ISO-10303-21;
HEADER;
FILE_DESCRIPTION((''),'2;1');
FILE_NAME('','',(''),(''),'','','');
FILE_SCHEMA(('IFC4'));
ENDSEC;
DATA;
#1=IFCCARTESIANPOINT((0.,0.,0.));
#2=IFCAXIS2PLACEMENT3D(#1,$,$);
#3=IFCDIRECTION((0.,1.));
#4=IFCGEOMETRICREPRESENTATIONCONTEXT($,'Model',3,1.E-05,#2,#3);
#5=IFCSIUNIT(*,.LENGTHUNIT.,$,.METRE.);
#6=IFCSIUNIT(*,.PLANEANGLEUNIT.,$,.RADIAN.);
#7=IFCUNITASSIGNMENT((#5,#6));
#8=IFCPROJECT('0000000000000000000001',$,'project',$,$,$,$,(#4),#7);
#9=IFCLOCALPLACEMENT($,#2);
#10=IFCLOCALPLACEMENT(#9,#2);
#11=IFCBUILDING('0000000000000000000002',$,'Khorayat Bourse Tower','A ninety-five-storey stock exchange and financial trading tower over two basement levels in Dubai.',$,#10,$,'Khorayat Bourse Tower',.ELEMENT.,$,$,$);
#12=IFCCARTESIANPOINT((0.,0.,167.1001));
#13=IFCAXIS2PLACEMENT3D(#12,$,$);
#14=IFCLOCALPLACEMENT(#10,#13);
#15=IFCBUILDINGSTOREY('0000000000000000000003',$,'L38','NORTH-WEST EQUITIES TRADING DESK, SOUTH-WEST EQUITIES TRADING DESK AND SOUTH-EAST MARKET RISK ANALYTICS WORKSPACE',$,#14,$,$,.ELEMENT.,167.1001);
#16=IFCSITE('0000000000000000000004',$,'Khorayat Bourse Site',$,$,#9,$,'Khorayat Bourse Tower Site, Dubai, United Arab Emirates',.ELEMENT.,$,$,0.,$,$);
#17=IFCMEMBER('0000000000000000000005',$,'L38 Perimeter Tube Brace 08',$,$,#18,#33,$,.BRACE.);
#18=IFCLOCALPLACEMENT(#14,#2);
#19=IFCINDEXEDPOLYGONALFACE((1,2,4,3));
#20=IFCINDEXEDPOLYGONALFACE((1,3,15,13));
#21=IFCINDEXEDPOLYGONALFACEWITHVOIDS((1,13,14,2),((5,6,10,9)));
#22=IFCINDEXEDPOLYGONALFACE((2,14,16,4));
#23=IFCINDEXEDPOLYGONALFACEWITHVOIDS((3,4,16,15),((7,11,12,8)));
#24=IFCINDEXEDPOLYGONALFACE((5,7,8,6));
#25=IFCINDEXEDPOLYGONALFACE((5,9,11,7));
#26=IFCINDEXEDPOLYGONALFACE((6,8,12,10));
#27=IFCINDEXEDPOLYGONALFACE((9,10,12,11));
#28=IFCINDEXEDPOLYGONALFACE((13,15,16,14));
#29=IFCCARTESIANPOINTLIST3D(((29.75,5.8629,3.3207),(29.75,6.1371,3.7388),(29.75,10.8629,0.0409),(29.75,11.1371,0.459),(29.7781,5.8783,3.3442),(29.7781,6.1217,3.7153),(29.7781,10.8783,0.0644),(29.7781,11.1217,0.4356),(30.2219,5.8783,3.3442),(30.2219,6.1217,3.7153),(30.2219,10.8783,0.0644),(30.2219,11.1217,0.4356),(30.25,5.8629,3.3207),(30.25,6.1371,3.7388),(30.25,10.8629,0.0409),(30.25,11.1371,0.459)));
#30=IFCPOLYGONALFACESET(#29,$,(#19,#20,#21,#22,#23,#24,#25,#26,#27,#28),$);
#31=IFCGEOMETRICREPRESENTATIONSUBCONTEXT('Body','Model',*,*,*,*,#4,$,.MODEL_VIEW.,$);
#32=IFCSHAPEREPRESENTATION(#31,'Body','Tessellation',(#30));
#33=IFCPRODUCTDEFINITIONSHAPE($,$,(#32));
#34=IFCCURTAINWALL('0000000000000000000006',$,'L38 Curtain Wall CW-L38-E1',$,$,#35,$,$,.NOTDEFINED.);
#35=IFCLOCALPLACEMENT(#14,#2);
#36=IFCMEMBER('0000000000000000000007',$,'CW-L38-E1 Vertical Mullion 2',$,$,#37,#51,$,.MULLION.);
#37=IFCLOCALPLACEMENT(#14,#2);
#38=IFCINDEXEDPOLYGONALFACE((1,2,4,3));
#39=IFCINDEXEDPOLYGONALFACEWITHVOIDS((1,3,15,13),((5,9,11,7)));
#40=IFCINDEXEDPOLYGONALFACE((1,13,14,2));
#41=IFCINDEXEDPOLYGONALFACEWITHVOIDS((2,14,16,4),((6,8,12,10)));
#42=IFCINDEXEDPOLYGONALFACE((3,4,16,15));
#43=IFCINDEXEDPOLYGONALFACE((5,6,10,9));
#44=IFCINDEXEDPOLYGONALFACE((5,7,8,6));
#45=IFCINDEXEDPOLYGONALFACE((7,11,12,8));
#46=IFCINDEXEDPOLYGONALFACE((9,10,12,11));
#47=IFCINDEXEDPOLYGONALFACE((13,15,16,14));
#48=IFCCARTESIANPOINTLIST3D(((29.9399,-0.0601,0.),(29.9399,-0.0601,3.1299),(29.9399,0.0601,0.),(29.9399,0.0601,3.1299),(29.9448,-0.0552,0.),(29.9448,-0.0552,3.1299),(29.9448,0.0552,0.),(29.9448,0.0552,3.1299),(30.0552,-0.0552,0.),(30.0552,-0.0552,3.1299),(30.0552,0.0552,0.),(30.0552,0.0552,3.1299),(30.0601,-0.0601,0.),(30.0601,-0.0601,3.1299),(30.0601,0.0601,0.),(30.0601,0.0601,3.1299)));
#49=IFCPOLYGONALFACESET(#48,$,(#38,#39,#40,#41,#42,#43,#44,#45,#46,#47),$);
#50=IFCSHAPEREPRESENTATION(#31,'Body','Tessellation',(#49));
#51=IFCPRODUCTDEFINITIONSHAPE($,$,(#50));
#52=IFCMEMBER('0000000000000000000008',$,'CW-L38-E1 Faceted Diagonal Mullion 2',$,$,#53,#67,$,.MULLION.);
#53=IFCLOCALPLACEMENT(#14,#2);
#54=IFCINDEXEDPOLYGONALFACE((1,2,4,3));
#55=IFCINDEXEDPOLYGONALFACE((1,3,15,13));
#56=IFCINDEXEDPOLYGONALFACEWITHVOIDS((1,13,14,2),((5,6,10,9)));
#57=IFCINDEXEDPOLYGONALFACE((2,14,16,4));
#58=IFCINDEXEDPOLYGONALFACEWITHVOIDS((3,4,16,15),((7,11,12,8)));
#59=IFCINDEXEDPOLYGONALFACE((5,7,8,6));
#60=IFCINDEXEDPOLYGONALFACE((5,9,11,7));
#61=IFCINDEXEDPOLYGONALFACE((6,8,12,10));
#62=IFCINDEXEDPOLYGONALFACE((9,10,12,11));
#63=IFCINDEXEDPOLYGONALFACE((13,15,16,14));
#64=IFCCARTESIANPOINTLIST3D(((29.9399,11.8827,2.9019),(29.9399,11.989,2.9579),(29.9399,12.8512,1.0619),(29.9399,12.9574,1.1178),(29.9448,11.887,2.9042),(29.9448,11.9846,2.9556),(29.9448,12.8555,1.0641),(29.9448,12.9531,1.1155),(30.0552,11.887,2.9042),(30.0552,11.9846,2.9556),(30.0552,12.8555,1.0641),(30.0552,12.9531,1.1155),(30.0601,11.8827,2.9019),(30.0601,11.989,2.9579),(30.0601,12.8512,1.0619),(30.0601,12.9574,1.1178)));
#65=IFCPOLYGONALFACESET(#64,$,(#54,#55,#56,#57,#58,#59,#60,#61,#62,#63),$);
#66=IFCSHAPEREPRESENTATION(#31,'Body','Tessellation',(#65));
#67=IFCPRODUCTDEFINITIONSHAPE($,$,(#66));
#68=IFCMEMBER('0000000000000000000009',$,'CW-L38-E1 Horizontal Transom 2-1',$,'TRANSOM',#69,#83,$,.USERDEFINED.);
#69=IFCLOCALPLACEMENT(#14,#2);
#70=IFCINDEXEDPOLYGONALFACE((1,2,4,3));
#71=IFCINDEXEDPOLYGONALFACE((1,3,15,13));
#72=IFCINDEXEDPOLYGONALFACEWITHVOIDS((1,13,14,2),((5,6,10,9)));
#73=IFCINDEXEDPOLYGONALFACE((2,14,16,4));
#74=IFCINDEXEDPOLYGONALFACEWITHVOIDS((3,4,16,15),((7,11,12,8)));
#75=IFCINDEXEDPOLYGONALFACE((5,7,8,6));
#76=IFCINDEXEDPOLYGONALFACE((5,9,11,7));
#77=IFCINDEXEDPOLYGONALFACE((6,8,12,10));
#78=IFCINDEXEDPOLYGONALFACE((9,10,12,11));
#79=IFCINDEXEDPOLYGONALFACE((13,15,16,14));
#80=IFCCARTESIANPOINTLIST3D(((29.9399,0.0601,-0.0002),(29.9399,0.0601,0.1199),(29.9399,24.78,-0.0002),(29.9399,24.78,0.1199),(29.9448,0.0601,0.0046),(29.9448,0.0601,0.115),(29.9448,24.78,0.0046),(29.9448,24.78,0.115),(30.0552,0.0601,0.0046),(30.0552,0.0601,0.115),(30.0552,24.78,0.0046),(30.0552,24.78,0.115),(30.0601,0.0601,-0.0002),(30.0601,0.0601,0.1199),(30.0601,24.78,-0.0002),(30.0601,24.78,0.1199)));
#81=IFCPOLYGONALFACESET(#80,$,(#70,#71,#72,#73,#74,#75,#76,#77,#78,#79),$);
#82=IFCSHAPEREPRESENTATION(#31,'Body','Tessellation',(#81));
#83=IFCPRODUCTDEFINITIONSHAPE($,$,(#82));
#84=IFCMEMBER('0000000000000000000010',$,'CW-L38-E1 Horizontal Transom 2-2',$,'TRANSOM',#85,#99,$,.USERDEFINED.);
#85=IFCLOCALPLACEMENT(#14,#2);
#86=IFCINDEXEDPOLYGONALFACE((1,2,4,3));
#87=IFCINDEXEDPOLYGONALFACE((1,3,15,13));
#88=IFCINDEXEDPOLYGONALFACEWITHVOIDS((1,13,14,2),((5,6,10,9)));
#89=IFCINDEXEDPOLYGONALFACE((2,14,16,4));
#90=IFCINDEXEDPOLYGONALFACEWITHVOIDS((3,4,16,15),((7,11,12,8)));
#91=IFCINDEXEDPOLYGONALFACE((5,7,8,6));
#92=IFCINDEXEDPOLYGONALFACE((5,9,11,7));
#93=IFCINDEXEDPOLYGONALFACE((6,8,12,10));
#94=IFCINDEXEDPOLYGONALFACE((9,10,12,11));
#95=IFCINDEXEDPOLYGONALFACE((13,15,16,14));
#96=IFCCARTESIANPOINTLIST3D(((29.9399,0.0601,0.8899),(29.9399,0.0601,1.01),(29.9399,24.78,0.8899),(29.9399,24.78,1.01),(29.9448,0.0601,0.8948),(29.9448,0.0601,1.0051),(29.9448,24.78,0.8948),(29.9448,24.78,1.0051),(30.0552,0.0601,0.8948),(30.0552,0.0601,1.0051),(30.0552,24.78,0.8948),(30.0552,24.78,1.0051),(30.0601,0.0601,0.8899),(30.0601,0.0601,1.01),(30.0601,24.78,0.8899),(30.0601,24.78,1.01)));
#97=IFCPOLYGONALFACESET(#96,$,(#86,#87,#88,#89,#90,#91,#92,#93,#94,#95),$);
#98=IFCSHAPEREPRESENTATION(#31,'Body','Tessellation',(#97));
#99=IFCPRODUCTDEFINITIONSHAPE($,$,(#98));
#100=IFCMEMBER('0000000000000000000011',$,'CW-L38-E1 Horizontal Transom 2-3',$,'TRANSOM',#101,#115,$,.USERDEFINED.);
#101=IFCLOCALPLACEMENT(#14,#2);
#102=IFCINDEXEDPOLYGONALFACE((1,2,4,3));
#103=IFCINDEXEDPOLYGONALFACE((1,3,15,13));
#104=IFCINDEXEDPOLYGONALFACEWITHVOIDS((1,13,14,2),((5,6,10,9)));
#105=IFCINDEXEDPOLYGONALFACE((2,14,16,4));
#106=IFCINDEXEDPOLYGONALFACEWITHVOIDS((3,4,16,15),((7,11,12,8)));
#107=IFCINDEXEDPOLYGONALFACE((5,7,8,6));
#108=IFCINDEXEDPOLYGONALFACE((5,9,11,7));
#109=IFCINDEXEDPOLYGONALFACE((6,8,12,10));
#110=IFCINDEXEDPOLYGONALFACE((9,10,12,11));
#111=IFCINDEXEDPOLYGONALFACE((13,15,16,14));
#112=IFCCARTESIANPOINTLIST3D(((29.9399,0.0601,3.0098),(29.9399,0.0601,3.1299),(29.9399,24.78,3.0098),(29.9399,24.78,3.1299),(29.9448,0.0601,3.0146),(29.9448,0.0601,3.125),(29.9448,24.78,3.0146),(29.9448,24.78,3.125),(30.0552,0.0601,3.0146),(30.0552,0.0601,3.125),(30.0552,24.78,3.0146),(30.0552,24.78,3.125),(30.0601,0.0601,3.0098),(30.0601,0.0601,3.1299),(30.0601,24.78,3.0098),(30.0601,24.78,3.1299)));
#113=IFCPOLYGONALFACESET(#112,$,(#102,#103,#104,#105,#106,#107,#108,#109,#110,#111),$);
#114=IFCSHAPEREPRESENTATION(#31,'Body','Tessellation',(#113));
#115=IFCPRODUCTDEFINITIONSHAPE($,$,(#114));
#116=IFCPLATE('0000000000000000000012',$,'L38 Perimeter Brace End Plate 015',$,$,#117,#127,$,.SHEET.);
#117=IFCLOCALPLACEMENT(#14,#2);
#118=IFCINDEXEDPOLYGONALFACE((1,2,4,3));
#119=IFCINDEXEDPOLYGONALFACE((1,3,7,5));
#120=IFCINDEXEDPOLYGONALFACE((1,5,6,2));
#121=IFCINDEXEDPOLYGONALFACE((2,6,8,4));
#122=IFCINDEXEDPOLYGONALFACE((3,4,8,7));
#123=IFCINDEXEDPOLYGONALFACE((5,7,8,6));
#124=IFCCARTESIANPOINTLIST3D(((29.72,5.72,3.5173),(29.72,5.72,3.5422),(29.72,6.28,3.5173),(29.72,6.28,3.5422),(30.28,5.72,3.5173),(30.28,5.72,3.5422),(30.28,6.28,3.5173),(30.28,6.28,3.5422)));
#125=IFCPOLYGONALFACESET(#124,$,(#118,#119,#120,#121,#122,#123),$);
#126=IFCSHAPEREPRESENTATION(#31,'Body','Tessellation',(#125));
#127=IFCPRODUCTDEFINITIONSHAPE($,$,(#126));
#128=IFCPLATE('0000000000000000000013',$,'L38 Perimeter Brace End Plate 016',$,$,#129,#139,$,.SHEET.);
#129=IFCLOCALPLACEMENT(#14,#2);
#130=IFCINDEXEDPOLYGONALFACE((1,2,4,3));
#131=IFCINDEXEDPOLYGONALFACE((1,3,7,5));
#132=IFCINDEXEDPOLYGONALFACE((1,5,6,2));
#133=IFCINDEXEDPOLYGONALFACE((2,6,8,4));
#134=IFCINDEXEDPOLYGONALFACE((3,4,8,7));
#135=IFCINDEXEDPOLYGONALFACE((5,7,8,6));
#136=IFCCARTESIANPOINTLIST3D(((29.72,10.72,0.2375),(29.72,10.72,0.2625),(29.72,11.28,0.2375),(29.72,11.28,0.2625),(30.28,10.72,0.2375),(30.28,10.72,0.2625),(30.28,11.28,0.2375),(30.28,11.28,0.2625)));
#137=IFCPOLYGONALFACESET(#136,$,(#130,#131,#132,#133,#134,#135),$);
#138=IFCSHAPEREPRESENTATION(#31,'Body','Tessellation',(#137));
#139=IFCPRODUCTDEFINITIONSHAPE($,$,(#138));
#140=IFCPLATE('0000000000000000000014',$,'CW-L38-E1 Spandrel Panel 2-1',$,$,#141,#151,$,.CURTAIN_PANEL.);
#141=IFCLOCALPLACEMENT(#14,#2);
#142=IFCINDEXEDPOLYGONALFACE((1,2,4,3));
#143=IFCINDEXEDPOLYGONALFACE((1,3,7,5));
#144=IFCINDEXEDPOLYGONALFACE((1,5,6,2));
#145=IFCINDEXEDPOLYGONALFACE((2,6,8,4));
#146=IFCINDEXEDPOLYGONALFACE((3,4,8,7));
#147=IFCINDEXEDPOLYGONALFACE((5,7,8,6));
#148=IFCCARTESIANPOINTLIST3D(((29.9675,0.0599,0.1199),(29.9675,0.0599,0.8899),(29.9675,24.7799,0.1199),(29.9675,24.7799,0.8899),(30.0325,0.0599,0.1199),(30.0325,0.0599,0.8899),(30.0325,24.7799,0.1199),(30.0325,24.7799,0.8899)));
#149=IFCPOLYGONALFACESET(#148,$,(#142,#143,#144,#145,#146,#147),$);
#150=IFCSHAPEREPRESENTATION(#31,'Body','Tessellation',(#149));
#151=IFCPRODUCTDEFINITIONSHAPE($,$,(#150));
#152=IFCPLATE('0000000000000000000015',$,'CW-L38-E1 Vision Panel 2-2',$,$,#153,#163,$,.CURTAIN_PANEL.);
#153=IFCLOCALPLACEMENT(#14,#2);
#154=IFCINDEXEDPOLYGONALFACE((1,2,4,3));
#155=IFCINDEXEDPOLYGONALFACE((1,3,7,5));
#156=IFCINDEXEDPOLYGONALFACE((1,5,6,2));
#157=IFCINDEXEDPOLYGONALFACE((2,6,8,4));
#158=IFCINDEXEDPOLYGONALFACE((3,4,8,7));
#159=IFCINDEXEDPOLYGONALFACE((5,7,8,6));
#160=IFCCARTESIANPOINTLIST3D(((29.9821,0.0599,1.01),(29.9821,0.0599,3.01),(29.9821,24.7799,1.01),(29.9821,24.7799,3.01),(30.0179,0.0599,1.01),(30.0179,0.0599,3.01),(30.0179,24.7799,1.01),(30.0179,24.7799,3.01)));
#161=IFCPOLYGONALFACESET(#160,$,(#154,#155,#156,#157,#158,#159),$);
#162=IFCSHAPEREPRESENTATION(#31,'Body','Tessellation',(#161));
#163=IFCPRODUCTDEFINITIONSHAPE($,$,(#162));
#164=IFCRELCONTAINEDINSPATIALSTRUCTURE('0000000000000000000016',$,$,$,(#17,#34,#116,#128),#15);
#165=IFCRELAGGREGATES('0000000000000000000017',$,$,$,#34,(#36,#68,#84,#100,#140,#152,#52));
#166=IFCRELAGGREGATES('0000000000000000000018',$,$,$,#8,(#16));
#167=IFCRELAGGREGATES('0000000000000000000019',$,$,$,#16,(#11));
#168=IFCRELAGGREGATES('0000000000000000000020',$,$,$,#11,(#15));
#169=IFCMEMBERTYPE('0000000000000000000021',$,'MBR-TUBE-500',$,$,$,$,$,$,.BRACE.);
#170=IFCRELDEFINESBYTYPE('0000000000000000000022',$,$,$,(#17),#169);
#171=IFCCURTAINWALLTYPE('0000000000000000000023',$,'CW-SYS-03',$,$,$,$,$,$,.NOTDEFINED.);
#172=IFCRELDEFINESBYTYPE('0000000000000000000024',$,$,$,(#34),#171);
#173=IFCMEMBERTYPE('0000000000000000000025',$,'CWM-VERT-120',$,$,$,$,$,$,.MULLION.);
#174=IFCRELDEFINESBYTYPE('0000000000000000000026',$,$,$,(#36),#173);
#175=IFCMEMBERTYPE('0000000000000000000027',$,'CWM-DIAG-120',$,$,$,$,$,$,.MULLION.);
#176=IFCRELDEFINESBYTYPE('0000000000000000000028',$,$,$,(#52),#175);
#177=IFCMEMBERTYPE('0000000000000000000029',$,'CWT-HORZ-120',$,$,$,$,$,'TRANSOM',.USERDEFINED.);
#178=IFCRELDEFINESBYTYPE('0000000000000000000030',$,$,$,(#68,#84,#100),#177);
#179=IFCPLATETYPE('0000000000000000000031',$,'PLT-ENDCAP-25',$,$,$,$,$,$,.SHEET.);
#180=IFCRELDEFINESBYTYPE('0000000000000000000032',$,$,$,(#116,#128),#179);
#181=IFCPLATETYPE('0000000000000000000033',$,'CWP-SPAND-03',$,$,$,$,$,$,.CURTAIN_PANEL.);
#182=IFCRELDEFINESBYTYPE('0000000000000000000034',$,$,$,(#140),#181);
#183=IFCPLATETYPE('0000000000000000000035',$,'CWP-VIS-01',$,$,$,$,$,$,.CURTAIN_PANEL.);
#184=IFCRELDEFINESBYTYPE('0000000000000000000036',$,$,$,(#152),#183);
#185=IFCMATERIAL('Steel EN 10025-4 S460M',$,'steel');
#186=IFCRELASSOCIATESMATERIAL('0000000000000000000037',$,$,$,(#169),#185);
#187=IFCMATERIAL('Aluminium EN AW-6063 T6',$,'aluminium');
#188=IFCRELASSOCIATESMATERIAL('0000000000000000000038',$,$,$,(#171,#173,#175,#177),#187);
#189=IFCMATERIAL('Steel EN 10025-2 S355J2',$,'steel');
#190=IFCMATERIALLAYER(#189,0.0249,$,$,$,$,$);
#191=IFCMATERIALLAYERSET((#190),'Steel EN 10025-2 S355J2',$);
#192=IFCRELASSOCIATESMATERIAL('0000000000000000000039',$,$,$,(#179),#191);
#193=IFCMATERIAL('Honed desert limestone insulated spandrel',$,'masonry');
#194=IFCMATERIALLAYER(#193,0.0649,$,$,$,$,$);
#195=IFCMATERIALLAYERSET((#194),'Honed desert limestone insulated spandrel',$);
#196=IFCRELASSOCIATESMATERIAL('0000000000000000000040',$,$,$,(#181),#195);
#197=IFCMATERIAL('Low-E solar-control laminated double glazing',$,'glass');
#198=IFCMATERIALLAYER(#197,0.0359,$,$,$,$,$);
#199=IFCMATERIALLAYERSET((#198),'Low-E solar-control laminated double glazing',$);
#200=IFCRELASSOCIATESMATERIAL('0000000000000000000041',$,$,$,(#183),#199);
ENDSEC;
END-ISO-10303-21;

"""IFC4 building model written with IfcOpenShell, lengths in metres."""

from ifc_helpers import new_model, si_unit, direction, frame, origin, origin_2d, place, context, subcontext, project, spatial, rectangle, hollow_rectangle, extrude, source, transform, mapped, material, layer, layer_set, material_profile, profile_set, type_object, element, aggregate, save


model = new_model("IFC4")

# Units and contexts
model_context = context("Model", 3, precision=1e-05, world=origin(), true_north=direction((0.0, 1.0)))
body_context = subcontext(model_context, "Body", "Model", "MODEL_VIEW")
ifc_project = project(units=[si_unit("LENGTHUNIT", "METRE"), si_unit("PLANEANGLEUNIT", "RADIAN")], contexts=[model_context])

# Site, building, storey
site_placement = place(None, origin())
site = spatial("IfcSite", under=ifc_project, at=site_placement, Name="Khorayat Bourse Site", LongName="Khorayat Bourse Tower Site, Dubai, United Arab Emirates", CompositionType="ELEMENT", RefElevation=0.0)
building_placement = place(site_placement, origin())
building = spatial("IfcBuilding", under=site, at=building_placement, Name="Khorayat Bourse Tower", Description="A ninety-five-storey stock exchange and financial trading tower over two basement levels in Dubai.", LongName="Khorayat Bourse Tower", CompositionType="ELEMENT")
storey_placement = place(building_placement, frame((0.0, 0.0, 167.1001)))
storey = spatial("IfcBuildingStorey", under=building, at=storey_placement, Name="L38", Description="NORTH-WEST EQUITIES TRADING DESK, SOUTH-WEST EQUITIES TRADING DESK AND SOUTH-EAST MARKET RISK ANALYTICS WORKSPACE", CompositionType="ELEMENT", Elevation=167.1001)

# Shared definitions
ifc_material_1 = material(Name="Steel EN 10025-4 S460M", Category="steel")

# Member
ifc_material_profile_1 = material_profile(ifc_material_1, hollow_rectangle(XDim=0.5, YDim=0.5, WallThickness=0.0281, at=origin_2d()), Name="HSS 500x500x28")
ifc_profile_set_1 = profile_set([ifc_material_profile_1], Name="Steel EN 10025-4 S460M")
member_type_1 = type_object("IfcMemberType", Name="MBR-TUBE-500", PredefinedType="BRACE", material=ifc_profile_set_1)
shared_shape_1 = source(origin(), body_context, "Body", "SweptSolid", [
    extrude(hollow_rectangle(XDim=0.5, YDim=0.5, WallThickness=0.0281, at=origin_2d()), origin(), (0.0, 0.0, 1.0), 5.9797),
])
member_1_placement = place(storey_placement, frame((30.0, 6.0, 3.5298), z_axis=(0.0, 0.83616, -0.548485), x_axis=(-1.0, 0.0, 0.0)))
element("IfcMember", 1, at=member_1_placement, inside=storey, type_object=member_type_1, Name="L38 Perimeter Tube Brace 08", PredefinedType="BRACE", context=body_context, shape_type="MappedRepresentation", body=[
    mapped(shared_shape_1, transform((0.0, 0.0, 0.0), scale=1.0)),
])

# Curtain wall, members
ifc_material_2 = material(Name="Aluminium EN AW-6063 T6", Category="aluminium")
curtain_wall_type = type_object("IfcCurtainWallType", Name="CW-SYS-03", PredefinedType="NOTDEFINED", material=ifc_material_2)
curtain_wall_placement = place(storey_placement, origin())
curtain_wall = element("IfcCurtainWall", 2, at=curtain_wall_placement, inside=storey, type_object=curtain_wall_type, Name="L38 Curtain Wall CW-L38-E1", PredefinedType="NOTDEFINED")
ifc_material_profile_2 = material_profile(ifc_material_2, hollow_rectangle(XDim=0.1201, YDim=0.1201, WallThickness=0.0049, at=origin_2d()), Name="ALU 120x120x5")
ifc_profile_set_2 = profile_set([ifc_material_profile_2], Name="Aluminium EN AW-6063 T6")
member_type_2 = type_object("IfcMemberType", Name="CWM-VERT-120", PredefinedType="MULLION", material=ifc_profile_set_2)
shared_shape_2 = source(origin(), body_context, "Body", "SweptSolid", [
    extrude(hollow_rectangle(XDim=0.1201, YDim=0.1201, WallThickness=0.0049, at=origin_2d()), origin(), (0.0, 0.0, 1.0), 3.1299),
])
member_2_placement = place(storey_placement, frame((30.0, 0.0, 0.0), z_axis=(0.0, 0.0, 1.0), x_axis=(-1.0, 0.0, 0.0)))
member_2 = element("IfcMember", 3, at=member_2_placement, type_object=member_type_2, Name="CW-L38-E1 Vertical Mullion 2", PredefinedType="MULLION", context=body_context, shape_type="MappedRepresentation", body=[
    mapped(shared_shape_2, transform((0.0, 0.0, 0.0), scale=1.0)),
])
ifc_material_profile_3 = material_profile(ifc_material_2, hollow_rectangle(XDim=0.1201, YDim=0.1201, WallThickness=0.0049, at=origin_2d()), Name="ALU 120x120x5")
ifc_profile_set_3 = profile_set([ifc_material_profile_3], Name="Aluminium EN AW-6063 T6")
member_type_3 = type_object("IfcMemberType", Name="CWM-DIAG-120", PredefinedType="MULLION", material=ifc_profile_set_3)
shared_shape_3 = source(origin(), body_context, "Body", "SweptSolid", [
    extrude(hollow_rectangle(XDim=0.1201, YDim=0.1201, WallThickness=0.0049, at=origin_2d()), origin(), (0.0, 0.0, 1.0), 2.0793),
])
member_3_placement = place(storey_placement, frame((30.0, 12.9043, 1.0898), z_axis=(0.0, -0.465761, 0.884911), x_axis=(1.0, 0.0, 0.0)))
member_3 = element("IfcMember", 4, at=member_3_placement, type_object=member_type_3, Name="CW-L38-E1 Faceted Diagonal Mullion 2", PredefinedType="MULLION", context=body_context, shape_type="MappedRepresentation", body=[
    mapped(shared_shape_3, transform((0.0, 0.0, 0.0), scale=1.0)),
])
ifc_material_profile_4 = material_profile(ifc_material_2, hollow_rectangle(XDim=0.1201, YDim=0.1201, WallThickness=0.0049, at=origin_2d()), Name="ALU 120x120x5")
ifc_profile_set_4 = profile_set([ifc_material_profile_4], Name="Aluminium EN AW-6063 T6")
member_type_4 = type_object("IfcMemberType", Name="CWT-HORZ-120", ElementType="TRANSOM", PredefinedType="USERDEFINED", material=ifc_profile_set_4)
shared_shape_4 = source(origin(), body_context, "Body", "SweptSolid", [
    extrude(hollow_rectangle(XDim=0.1201, YDim=0.1201, WallThickness=0.0049, at=origin_2d()), origin(), (0.0, 0.0, 1.0), 24.72),
])
member_4_placement = place(storey_placement, frame((30.0, 0.0601, 0.0598), z_axis=(0.0, 1.0, 0.0), x_axis=(-1.0, 0.0, 0.0)))
member_4 = element("IfcMember", 5, at=member_4_placement, type_object=member_type_4, Name="CW-L38-E1 Horizontal Transom 2-1", ObjectType="TRANSOM", PredefinedType="USERDEFINED", context=body_context, shape_type="MappedRepresentation", body=[
    mapped(shared_shape_4, transform((0.0, 0.0, 0.0), scale=1.0)),
])
member_5_placement = place(storey_placement, frame((30.0, 0.0601, 0.95), z_axis=(0.0, 1.0, 0.0), x_axis=(-1.0, 0.0, 0.0)))
member_5 = element("IfcMember", 6, at=member_5_placement, type_object=member_type_4, Name="CW-L38-E1 Horizontal Transom 2-2", ObjectType="TRANSOM", PredefinedType="USERDEFINED", context=body_context, shape_type="MappedRepresentation", body=[
    mapped(shared_shape_4, transform((0.0, 0.0, 0.0), scale=1.0)),
])
member_6_placement = place(storey_placement, frame((30.0, 0.0601, 3.0698), z_axis=(0.0, 1.0, 0.0), x_axis=(-1.0, 0.0, 0.0)))
member_6 = element("IfcMember", 7, at=member_6_placement, type_object=member_type_4, Name="CW-L38-E1 Horizontal Transom 2-3", ObjectType="TRANSOM", PredefinedType="USERDEFINED", context=body_context, shape_type="MappedRepresentation", body=[
    mapped(shared_shape_4, transform((0.0, 0.0, 0.0), scale=1.0)),
])

# Plates
ifc_material_3 = material(Name="Steel EN 10025-2 S355J2", Category="steel")
ifc_layer_1 = layer(ifc_material_3, 0.0249)
ifc_layer_set_1 = layer_set([ifc_layer_1], Name="Steel EN 10025-2 S355J2")
plate_type_1 = type_object("IfcPlateType", Name="PLT-ENDCAP-25", PredefinedType="SHEET", material=ifc_layer_set_1)
shared_shape_5 = source(origin(), body_context, "Body", "SweptSolid", [
    extrude(rectangle(XDim=0.5601, YDim=0.5601, at=origin_2d()), origin(), (0.0, 0.0, 1.0), 0.0249),
])
for number, where, z_axis, x_axis, name in (
    (8, (30.0, 6.0, 3.5173), (0.0, 0.0, 1.0), (1.0, 0.0, 0.0), "L38 Perimeter Brace End Plate 015"),
    (9, (30.0, 11.0, 0.2375), (0.0, 0.0, 1.0), (1.0, 0.0, 0.0), "L38 Perimeter Brace End Plate 016"),
):
    element("IfcPlate", number, at=place(storey_placement, frame(where, z_axis=z_axis, x_axis=x_axis)), inside=storey, type_object=plate_type_1, Name=name, PredefinedType="SHEET", context=body_context, shape_type="MappedRepresentation", body=[
        mapped(shared_shape_5, transform((0.0, 0.0, 0.0), scale=1.0)),
    ])

# Plates
ifc_material_4 = material(Name="Honed desert limestone insulated spandrel", Category="masonry")
ifc_layer_2 = layer(ifc_material_4, 0.0649)
ifc_layer_set_2 = layer_set([ifc_layer_2], Name="Honed desert limestone insulated spandrel")
plate_type_2 = type_object("IfcPlateType", Name="CWP-SPAND-03", PredefinedType="CURTAIN_PANEL", material=ifc_layer_set_2)
shared_shape_6 = source(origin(), body_context, "Body", "SweptSolid", [
    extrude(rectangle(XDim=24.72, YDim=0.0649, at=origin_2d()), origin(), (0.0, 0.0, 1.0), 0.77),
])
plate_1_placement = place(storey_placement, frame((30.0, 12.4199, 0.1199), z_axis=(0.0, 0.0, 1.0), x_axis=(0.0, 1.0, 0.0)))
plate_1 = element("IfcPlate", 10, at=plate_1_placement, type_object=plate_type_2, Name="CW-L38-E1 Spandrel Panel 2-1", PredefinedType="CURTAIN_PANEL", context=body_context, shape_type="MappedRepresentation", body=[
    mapped(shared_shape_6, transform((0.0, 0.0, 0.0), scale=1.0)),
])
ifc_material_5 = material(Name="Low-E solar-control laminated double glazing", Category="glass")
ifc_layer_3 = layer(ifc_material_5, 0.0359)
ifc_layer_set_3 = layer_set([ifc_layer_3], Name="Low-E solar-control laminated double glazing")
plate_type_3 = type_object("IfcPlateType", Name="CWP-VIS-01", PredefinedType="CURTAIN_PANEL", material=ifc_layer_set_3)
shared_shape_7 = source(origin(), body_context, "Body", "SweptSolid", [
    extrude(rectangle(XDim=24.72, YDim=0.0359, at=origin_2d()), origin(), (0.0, 0.0, 1.0), 2.0),
])
plate_2_placement = place(storey_placement, frame((30.0, 12.4199, 1.01), z_axis=(0.0, 0.0, 1.0), x_axis=(0.0, 1.0, 0.0)))
plate_2 = element("IfcPlate", 11, at=plate_2_placement, type_object=plate_type_3, Name="CW-L38-E1 Vision Panel 2-2", PredefinedType="CURTAIN_PANEL", context=body_context, shape_type="MappedRepresentation", body=[
    mapped(shared_shape_7, transform((0.0, 0.0, 0.0), scale=1.0)),
])
aggregate(curtain_wall, [member_2, member_4, member_5, member_6, plate_1, plate_2, member_3])

save(model, "model.ifc")
